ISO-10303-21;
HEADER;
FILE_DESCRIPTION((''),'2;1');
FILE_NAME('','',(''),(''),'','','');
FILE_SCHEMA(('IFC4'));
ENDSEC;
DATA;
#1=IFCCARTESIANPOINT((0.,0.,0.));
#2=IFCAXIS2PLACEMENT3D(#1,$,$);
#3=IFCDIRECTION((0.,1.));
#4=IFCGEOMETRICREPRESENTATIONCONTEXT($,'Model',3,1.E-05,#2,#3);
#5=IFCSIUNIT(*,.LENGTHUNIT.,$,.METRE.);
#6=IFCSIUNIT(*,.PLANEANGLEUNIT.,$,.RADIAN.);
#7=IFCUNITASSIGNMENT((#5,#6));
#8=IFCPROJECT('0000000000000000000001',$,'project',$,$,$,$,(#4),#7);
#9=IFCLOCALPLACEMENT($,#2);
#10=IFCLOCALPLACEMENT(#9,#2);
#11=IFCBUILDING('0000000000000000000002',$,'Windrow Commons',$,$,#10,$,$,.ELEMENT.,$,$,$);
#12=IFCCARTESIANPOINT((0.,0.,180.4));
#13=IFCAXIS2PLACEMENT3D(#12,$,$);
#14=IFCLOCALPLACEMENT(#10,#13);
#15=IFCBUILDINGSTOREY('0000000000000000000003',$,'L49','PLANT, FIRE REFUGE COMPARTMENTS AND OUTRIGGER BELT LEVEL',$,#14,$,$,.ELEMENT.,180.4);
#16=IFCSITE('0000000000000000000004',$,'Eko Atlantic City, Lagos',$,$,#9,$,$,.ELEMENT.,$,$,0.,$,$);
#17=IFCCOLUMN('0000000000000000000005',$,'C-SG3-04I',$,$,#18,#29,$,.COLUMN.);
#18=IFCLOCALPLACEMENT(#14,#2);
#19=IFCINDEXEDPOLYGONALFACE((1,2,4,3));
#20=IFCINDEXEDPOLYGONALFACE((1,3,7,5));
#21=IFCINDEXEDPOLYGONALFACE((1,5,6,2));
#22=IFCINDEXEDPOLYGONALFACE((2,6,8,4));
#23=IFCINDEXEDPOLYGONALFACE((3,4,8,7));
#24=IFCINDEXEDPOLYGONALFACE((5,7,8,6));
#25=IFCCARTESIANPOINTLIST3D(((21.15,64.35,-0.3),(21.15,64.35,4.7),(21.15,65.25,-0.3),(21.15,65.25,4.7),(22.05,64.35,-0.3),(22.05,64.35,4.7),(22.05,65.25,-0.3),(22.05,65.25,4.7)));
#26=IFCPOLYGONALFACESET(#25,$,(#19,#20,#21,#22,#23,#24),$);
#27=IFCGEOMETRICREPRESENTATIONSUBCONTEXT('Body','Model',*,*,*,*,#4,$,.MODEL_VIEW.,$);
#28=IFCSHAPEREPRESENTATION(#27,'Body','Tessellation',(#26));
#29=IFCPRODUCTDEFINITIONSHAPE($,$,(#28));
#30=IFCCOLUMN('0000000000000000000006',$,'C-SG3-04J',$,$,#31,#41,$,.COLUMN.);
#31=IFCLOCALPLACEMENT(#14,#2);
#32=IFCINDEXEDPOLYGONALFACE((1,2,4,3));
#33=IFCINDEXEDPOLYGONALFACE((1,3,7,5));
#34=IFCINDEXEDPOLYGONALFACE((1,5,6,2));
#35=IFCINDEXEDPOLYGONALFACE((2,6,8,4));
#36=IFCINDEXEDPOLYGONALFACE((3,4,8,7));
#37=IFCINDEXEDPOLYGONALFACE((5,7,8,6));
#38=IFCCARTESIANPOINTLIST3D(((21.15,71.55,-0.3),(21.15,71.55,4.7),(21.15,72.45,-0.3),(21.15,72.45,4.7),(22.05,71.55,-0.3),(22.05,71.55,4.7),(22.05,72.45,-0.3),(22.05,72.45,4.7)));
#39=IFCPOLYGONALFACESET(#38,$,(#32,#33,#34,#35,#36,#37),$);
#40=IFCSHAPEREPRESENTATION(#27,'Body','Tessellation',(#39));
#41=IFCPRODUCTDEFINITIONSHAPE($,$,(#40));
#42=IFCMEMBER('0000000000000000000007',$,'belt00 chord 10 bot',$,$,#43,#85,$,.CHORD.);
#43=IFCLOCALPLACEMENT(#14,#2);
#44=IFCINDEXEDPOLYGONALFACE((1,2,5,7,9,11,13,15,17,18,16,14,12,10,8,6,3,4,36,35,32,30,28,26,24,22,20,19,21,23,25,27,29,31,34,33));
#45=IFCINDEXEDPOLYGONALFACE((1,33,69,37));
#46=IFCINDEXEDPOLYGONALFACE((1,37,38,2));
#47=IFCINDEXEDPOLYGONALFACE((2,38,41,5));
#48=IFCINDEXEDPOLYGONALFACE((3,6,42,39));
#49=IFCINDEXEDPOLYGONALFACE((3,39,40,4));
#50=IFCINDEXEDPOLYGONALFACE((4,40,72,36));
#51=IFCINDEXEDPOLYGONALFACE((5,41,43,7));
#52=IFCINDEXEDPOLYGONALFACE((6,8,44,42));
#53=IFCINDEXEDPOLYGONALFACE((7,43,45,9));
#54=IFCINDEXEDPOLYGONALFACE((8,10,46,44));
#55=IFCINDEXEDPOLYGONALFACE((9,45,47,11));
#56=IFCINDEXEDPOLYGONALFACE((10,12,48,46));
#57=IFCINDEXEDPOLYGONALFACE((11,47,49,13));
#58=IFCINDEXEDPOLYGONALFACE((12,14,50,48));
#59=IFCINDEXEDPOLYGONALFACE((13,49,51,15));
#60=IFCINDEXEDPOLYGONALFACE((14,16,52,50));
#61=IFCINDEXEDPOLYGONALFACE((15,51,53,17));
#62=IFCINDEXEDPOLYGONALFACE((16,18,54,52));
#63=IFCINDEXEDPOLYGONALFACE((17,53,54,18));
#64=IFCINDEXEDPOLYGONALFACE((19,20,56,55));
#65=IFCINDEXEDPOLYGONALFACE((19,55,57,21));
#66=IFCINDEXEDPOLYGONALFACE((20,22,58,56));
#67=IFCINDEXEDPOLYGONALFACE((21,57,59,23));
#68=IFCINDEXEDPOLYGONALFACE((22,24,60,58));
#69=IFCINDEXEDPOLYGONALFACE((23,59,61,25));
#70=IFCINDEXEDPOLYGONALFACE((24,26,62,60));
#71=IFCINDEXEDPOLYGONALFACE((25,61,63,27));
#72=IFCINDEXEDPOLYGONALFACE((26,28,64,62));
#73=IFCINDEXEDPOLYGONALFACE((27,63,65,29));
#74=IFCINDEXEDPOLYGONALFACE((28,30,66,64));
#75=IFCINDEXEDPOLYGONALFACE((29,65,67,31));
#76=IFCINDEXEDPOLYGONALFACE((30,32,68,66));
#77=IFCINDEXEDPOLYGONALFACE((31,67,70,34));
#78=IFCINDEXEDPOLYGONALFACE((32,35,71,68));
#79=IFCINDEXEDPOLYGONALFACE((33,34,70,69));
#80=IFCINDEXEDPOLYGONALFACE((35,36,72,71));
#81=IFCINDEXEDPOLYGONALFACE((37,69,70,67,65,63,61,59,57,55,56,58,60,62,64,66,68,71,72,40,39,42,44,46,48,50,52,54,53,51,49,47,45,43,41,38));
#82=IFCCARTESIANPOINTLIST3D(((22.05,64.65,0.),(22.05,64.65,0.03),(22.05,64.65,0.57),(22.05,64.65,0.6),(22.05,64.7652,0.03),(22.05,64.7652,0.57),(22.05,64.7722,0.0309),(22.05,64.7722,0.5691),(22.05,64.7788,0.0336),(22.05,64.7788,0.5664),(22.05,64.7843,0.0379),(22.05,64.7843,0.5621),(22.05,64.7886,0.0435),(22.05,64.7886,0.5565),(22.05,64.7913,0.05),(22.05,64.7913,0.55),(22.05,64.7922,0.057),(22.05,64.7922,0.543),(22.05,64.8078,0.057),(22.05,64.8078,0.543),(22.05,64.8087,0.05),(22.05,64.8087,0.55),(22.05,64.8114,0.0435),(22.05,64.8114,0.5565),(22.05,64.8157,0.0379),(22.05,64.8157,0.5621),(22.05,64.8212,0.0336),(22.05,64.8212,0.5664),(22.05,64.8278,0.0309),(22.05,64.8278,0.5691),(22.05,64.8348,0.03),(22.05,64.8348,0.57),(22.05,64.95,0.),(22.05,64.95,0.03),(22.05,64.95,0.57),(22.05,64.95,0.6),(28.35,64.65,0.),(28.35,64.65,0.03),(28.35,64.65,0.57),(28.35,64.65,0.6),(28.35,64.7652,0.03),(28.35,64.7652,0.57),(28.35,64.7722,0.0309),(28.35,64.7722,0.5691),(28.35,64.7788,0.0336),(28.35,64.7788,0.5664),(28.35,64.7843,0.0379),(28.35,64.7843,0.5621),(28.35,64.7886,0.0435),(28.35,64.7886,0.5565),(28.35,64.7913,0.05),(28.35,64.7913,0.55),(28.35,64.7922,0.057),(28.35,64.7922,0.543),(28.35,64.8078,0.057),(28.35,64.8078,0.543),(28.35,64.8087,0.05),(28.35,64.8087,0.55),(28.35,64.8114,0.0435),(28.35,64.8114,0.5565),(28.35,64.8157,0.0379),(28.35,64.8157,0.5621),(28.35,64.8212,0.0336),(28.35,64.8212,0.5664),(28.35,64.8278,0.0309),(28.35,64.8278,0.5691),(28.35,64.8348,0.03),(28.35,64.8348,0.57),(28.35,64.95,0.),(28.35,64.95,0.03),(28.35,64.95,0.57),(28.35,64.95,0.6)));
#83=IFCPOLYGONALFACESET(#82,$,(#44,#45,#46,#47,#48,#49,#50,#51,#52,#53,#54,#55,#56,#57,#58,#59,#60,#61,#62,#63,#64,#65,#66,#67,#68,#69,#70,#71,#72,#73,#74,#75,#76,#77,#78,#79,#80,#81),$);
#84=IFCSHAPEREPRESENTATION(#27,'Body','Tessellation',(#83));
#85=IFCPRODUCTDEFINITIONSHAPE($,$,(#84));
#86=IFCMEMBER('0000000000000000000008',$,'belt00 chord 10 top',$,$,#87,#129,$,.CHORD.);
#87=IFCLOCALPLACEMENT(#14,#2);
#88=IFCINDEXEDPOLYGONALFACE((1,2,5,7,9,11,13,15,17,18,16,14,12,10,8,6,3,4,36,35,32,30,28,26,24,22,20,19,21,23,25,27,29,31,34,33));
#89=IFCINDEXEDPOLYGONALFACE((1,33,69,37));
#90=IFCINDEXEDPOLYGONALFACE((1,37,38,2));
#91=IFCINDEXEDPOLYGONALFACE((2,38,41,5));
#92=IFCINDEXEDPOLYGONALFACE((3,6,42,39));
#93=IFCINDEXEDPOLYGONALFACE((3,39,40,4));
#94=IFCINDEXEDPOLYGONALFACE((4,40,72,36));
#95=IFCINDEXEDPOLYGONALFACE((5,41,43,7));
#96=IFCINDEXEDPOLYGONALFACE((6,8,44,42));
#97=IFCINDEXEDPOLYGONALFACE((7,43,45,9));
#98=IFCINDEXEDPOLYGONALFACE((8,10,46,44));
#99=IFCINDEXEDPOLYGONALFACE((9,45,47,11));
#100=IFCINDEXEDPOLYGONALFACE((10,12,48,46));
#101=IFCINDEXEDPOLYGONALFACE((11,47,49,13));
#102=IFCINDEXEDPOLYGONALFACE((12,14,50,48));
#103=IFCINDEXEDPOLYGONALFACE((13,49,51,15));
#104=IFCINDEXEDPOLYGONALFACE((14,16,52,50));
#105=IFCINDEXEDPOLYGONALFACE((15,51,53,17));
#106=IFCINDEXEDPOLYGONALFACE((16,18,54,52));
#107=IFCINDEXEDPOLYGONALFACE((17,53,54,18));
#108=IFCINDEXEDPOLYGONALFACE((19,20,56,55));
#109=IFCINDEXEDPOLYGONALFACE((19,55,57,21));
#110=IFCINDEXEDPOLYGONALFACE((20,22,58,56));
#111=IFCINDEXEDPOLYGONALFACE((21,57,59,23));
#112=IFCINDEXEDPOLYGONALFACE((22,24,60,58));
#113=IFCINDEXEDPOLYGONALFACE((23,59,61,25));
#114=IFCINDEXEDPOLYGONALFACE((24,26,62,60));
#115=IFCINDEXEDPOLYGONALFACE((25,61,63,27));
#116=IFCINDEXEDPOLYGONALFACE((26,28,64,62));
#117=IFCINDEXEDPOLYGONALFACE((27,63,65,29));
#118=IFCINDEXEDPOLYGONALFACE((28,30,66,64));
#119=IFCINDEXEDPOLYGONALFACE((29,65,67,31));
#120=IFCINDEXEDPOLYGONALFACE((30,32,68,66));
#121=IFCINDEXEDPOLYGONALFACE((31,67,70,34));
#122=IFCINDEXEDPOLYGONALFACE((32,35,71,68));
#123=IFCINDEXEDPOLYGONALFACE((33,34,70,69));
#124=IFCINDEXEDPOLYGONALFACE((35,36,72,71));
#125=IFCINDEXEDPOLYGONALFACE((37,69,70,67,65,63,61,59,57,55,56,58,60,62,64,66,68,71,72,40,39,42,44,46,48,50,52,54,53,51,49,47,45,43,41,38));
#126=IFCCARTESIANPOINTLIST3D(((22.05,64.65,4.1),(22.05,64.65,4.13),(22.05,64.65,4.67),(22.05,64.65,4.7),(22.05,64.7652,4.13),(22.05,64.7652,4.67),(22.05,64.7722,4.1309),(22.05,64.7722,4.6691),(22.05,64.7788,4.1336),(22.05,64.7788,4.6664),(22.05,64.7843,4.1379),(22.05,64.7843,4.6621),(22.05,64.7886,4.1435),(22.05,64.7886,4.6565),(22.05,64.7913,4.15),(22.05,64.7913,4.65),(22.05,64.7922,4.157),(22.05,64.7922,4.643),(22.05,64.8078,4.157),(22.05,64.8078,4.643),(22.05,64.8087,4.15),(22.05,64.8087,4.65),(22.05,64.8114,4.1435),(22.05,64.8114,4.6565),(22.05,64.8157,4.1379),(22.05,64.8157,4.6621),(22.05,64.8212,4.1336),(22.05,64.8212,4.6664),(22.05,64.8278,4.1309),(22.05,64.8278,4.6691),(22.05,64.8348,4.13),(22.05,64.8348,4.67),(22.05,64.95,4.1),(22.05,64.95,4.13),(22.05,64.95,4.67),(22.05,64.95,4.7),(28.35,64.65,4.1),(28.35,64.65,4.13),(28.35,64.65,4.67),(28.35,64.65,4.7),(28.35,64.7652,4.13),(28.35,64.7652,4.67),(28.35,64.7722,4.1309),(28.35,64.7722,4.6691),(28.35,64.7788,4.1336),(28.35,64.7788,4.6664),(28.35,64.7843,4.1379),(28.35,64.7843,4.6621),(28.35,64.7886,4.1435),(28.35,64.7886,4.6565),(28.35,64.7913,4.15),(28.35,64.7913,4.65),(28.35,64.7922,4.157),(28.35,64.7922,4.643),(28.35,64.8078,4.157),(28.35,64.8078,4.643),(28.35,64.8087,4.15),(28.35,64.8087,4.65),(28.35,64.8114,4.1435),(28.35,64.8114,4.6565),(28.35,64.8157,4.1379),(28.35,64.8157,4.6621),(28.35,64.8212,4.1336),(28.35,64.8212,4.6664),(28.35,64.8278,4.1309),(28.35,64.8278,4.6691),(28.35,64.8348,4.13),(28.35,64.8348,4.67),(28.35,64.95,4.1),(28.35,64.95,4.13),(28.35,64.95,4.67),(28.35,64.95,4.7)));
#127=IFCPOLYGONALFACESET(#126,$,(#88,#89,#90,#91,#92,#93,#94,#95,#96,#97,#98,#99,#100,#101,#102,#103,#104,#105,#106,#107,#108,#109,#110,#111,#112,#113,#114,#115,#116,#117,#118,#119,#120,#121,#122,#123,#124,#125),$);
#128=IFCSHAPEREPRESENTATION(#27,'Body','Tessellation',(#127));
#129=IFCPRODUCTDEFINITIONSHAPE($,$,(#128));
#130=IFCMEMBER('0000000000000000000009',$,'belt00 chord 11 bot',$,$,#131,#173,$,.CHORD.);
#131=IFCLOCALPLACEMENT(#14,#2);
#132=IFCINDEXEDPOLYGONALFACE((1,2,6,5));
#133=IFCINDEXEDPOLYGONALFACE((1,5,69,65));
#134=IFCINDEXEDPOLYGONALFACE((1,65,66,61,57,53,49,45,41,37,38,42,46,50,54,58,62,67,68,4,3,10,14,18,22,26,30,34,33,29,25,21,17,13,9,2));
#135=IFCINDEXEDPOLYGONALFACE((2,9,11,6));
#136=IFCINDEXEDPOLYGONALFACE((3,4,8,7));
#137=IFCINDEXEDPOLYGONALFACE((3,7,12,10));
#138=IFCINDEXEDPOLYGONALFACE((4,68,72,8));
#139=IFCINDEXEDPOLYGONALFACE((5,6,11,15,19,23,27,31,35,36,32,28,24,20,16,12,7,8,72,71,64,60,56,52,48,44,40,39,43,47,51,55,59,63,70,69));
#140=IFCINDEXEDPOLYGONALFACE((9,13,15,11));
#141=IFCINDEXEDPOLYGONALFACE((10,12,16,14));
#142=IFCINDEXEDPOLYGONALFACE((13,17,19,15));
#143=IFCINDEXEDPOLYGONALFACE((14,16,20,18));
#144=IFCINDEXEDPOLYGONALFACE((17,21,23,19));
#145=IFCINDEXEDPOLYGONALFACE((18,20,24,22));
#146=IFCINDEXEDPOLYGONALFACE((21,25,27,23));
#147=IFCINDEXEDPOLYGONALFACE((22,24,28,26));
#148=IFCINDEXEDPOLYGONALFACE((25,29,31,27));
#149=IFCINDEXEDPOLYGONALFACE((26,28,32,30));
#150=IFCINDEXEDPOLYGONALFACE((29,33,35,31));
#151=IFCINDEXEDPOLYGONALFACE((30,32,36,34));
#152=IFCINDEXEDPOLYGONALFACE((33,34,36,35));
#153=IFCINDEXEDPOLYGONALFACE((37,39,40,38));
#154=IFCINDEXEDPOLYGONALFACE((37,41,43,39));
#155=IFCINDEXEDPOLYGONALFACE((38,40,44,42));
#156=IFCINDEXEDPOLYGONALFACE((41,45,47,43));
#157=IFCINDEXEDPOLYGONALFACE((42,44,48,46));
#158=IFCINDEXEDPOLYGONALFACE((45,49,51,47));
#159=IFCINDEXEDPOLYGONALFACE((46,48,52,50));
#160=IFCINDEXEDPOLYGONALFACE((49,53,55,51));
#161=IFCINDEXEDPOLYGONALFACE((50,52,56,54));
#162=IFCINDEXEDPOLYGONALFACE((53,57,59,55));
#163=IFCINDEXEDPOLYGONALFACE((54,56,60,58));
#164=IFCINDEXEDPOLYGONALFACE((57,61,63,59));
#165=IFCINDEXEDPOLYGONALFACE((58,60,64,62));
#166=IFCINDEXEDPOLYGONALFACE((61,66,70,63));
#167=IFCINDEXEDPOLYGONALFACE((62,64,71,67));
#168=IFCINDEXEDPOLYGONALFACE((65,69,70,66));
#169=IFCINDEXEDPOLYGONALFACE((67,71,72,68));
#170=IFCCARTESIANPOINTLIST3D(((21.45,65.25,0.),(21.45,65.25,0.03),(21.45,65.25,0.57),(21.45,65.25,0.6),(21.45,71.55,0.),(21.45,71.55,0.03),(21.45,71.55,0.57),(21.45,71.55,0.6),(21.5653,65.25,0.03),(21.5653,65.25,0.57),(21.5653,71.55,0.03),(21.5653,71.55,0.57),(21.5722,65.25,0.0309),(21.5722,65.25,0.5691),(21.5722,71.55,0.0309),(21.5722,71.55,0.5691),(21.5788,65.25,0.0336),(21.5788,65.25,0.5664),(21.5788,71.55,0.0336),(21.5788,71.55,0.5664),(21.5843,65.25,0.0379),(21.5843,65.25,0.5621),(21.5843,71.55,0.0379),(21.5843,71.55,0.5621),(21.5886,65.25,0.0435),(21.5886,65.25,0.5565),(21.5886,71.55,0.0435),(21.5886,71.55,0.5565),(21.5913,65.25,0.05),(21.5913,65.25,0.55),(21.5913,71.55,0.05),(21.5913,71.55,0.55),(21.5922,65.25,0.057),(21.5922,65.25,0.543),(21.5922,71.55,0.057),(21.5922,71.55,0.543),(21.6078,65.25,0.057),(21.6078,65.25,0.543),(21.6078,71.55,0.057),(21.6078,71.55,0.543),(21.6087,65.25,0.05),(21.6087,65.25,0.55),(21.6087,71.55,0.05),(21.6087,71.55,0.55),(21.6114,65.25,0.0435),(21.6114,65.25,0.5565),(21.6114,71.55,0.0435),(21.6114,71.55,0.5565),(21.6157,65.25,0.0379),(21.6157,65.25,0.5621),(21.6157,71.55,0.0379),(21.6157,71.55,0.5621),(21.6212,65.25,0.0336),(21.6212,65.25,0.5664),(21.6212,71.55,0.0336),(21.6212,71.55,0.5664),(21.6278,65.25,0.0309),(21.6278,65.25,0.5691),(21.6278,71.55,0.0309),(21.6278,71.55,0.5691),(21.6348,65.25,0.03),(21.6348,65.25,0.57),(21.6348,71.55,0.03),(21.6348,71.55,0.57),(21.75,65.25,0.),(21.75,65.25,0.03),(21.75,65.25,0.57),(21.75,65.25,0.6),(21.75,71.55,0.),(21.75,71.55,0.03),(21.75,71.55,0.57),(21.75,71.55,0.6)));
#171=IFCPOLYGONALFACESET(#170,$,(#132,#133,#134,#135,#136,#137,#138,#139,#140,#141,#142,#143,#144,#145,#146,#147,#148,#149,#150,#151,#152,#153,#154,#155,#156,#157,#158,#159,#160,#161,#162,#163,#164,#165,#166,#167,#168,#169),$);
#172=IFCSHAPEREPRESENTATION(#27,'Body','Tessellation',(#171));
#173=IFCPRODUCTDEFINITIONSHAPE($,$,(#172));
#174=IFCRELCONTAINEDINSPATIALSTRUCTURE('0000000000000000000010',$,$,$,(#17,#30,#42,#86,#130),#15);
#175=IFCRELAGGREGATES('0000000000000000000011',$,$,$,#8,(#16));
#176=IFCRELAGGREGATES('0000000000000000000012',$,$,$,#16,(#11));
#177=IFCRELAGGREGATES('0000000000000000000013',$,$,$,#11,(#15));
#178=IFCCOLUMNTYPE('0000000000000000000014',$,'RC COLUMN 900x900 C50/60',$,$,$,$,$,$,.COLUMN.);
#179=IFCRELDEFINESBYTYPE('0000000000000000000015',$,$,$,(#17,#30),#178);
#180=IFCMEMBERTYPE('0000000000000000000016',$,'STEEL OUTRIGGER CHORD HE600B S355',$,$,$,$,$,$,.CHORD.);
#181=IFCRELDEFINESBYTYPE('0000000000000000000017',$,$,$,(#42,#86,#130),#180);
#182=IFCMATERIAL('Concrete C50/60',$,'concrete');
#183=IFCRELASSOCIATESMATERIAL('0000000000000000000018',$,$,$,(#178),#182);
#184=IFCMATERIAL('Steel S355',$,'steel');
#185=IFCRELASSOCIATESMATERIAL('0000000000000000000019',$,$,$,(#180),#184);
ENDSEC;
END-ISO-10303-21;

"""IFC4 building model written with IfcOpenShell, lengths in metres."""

from ifc_helpers import new_model, si_unit, direction, frame, origin, origin_2d, place, context, subcontext, project, spatial, rectangle, i_section, extrude, material, material_profile, profile_set, type_object, element, save


model = new_model("IFC4")

# Units and contexts
model_context = context("Model", 3, precision=1e-05, world=origin(), true_north=direction((0.0, 1.0)))
body_context = subcontext(model_context, "Body", "Model", "MODEL_VIEW")
ifc_project = project(units=[si_unit("LENGTHUNIT", "METRE"), si_unit("PLANEANGLEUNIT", "RADIAN")], contexts=[model_context])

# Site, building, storey
site_placement = place(None, origin())
site = spatial("IfcSite", under=ifc_project, at=site_placement, Name="Eko Atlantic City, Lagos", CompositionType="ELEMENT", RefElevation=0.0)
building_placement = place(site_placement, origin())
building = spatial("IfcBuilding", under=site, at=building_placement, Name="Windrow Commons", CompositionType="ELEMENT")
storey_placement = place(building_placement, frame((0.0, 0.0, 180.4)))
storey = spatial("IfcBuildingStorey", under=building, at=storey_placement, Name="L49", Description="PLANT, FIRE REFUGE COMPARTMENTS AND OUTRIGGER BELT LEVEL", CompositionType="ELEMENT", Elevation=180.4)

# Columns
ifc_material_1 = material(Name="Concrete C50/60", Category="concrete")
ifc_material_profile_1 = material_profile(ifc_material_1, rectangle(XDim=0.9, YDim=0.9, at=origin_2d()))
ifc_profile_set_1 = profile_set([ifc_material_profile_1], Name="Concrete C50/60")
column_type = type_object("IfcColumnType", Name="RC COLUMN 900x900 C50/60", PredefinedType="COLUMN", material=ifc_profile_set_1)
for number, where, z_axis, x_axis, name in (
    (1, (21.6, 64.8, -0.3), (0.0, 0.0, 1.0), (1.0, 0.0, 0.0), "C-SG3-04I"),
    (2, (21.6, 72.0, -0.3), (0.0, 0.0, 1.0), (1.0, 0.0, 0.0), "C-SG3-04J"),
):
    element("IfcColumn", number, at=place(storey_placement, frame(where, z_axis=z_axis, x_axis=x_axis)), inside=storey, type_object=column_type, Name=name, PredefinedType="COLUMN", context=body_context, shape_type="SweptSolid", body=[
        extrude(rectangle(XDim=0.9, YDim=0.9, at=origin_2d()), origin(), (0.0, 0.0, 1.0), 5.0),
    ])

# Members
ifc_material_2 = material(Name="Steel S355", Category="steel")
ifc_material_profile_2 = material_profile(ifc_material_2, i_section(OverallWidth=0.3, OverallDepth=0.6, WebThickness=0.0155, FlangeThickness=0.03, FilletRadius=0.027, at=origin_2d()))
ifc_profile_set_2 = profile_set([ifc_material_profile_2], Name="Steel S355")
member_type_1 = type_object("IfcMemberType", Name="STEEL OUTRIGGER CHORD HE600B S355", PredefinedType="CHORD", material=ifc_profile_set_2)
for number, where, z_axis, x_axis, name in (
    (3, (28.35, 64.8, 0.3), (-1.0, 0.0, 0.0), (0.0, -1.0, 0.0), "belt00 chord 10 bot"),
    (4, (28.35, 64.8, 4.4), (-1.0, 0.0, 0.0), (0.0, -1.0, 0.0), "belt00 chord 10 top"),
    (5, (21.6, 65.25, 0.3), (0.0, 1.0, 0.0), (-1.0, 0.0, 0.0), "belt00 chord 11 bot"),
):
    element("IfcMember", number, at=place(storey_placement, frame(where, z_axis=z_axis, x_axis=x_axis)), inside=storey, type_object=member_type_1, Name=name, PredefinedType="CHORD", context=body_context, shape_type="SweptSolid", body=[
        extrude(i_section(OverallWidth=0.3, OverallDepth=0.6, WebThickness=0.0155, FlangeThickness=0.03, FilletRadius=0.027, at=origin_2d()), origin(), (0.0, 0.0, 1.0), 6.3),
    ])

save(model, "model.ifc")
